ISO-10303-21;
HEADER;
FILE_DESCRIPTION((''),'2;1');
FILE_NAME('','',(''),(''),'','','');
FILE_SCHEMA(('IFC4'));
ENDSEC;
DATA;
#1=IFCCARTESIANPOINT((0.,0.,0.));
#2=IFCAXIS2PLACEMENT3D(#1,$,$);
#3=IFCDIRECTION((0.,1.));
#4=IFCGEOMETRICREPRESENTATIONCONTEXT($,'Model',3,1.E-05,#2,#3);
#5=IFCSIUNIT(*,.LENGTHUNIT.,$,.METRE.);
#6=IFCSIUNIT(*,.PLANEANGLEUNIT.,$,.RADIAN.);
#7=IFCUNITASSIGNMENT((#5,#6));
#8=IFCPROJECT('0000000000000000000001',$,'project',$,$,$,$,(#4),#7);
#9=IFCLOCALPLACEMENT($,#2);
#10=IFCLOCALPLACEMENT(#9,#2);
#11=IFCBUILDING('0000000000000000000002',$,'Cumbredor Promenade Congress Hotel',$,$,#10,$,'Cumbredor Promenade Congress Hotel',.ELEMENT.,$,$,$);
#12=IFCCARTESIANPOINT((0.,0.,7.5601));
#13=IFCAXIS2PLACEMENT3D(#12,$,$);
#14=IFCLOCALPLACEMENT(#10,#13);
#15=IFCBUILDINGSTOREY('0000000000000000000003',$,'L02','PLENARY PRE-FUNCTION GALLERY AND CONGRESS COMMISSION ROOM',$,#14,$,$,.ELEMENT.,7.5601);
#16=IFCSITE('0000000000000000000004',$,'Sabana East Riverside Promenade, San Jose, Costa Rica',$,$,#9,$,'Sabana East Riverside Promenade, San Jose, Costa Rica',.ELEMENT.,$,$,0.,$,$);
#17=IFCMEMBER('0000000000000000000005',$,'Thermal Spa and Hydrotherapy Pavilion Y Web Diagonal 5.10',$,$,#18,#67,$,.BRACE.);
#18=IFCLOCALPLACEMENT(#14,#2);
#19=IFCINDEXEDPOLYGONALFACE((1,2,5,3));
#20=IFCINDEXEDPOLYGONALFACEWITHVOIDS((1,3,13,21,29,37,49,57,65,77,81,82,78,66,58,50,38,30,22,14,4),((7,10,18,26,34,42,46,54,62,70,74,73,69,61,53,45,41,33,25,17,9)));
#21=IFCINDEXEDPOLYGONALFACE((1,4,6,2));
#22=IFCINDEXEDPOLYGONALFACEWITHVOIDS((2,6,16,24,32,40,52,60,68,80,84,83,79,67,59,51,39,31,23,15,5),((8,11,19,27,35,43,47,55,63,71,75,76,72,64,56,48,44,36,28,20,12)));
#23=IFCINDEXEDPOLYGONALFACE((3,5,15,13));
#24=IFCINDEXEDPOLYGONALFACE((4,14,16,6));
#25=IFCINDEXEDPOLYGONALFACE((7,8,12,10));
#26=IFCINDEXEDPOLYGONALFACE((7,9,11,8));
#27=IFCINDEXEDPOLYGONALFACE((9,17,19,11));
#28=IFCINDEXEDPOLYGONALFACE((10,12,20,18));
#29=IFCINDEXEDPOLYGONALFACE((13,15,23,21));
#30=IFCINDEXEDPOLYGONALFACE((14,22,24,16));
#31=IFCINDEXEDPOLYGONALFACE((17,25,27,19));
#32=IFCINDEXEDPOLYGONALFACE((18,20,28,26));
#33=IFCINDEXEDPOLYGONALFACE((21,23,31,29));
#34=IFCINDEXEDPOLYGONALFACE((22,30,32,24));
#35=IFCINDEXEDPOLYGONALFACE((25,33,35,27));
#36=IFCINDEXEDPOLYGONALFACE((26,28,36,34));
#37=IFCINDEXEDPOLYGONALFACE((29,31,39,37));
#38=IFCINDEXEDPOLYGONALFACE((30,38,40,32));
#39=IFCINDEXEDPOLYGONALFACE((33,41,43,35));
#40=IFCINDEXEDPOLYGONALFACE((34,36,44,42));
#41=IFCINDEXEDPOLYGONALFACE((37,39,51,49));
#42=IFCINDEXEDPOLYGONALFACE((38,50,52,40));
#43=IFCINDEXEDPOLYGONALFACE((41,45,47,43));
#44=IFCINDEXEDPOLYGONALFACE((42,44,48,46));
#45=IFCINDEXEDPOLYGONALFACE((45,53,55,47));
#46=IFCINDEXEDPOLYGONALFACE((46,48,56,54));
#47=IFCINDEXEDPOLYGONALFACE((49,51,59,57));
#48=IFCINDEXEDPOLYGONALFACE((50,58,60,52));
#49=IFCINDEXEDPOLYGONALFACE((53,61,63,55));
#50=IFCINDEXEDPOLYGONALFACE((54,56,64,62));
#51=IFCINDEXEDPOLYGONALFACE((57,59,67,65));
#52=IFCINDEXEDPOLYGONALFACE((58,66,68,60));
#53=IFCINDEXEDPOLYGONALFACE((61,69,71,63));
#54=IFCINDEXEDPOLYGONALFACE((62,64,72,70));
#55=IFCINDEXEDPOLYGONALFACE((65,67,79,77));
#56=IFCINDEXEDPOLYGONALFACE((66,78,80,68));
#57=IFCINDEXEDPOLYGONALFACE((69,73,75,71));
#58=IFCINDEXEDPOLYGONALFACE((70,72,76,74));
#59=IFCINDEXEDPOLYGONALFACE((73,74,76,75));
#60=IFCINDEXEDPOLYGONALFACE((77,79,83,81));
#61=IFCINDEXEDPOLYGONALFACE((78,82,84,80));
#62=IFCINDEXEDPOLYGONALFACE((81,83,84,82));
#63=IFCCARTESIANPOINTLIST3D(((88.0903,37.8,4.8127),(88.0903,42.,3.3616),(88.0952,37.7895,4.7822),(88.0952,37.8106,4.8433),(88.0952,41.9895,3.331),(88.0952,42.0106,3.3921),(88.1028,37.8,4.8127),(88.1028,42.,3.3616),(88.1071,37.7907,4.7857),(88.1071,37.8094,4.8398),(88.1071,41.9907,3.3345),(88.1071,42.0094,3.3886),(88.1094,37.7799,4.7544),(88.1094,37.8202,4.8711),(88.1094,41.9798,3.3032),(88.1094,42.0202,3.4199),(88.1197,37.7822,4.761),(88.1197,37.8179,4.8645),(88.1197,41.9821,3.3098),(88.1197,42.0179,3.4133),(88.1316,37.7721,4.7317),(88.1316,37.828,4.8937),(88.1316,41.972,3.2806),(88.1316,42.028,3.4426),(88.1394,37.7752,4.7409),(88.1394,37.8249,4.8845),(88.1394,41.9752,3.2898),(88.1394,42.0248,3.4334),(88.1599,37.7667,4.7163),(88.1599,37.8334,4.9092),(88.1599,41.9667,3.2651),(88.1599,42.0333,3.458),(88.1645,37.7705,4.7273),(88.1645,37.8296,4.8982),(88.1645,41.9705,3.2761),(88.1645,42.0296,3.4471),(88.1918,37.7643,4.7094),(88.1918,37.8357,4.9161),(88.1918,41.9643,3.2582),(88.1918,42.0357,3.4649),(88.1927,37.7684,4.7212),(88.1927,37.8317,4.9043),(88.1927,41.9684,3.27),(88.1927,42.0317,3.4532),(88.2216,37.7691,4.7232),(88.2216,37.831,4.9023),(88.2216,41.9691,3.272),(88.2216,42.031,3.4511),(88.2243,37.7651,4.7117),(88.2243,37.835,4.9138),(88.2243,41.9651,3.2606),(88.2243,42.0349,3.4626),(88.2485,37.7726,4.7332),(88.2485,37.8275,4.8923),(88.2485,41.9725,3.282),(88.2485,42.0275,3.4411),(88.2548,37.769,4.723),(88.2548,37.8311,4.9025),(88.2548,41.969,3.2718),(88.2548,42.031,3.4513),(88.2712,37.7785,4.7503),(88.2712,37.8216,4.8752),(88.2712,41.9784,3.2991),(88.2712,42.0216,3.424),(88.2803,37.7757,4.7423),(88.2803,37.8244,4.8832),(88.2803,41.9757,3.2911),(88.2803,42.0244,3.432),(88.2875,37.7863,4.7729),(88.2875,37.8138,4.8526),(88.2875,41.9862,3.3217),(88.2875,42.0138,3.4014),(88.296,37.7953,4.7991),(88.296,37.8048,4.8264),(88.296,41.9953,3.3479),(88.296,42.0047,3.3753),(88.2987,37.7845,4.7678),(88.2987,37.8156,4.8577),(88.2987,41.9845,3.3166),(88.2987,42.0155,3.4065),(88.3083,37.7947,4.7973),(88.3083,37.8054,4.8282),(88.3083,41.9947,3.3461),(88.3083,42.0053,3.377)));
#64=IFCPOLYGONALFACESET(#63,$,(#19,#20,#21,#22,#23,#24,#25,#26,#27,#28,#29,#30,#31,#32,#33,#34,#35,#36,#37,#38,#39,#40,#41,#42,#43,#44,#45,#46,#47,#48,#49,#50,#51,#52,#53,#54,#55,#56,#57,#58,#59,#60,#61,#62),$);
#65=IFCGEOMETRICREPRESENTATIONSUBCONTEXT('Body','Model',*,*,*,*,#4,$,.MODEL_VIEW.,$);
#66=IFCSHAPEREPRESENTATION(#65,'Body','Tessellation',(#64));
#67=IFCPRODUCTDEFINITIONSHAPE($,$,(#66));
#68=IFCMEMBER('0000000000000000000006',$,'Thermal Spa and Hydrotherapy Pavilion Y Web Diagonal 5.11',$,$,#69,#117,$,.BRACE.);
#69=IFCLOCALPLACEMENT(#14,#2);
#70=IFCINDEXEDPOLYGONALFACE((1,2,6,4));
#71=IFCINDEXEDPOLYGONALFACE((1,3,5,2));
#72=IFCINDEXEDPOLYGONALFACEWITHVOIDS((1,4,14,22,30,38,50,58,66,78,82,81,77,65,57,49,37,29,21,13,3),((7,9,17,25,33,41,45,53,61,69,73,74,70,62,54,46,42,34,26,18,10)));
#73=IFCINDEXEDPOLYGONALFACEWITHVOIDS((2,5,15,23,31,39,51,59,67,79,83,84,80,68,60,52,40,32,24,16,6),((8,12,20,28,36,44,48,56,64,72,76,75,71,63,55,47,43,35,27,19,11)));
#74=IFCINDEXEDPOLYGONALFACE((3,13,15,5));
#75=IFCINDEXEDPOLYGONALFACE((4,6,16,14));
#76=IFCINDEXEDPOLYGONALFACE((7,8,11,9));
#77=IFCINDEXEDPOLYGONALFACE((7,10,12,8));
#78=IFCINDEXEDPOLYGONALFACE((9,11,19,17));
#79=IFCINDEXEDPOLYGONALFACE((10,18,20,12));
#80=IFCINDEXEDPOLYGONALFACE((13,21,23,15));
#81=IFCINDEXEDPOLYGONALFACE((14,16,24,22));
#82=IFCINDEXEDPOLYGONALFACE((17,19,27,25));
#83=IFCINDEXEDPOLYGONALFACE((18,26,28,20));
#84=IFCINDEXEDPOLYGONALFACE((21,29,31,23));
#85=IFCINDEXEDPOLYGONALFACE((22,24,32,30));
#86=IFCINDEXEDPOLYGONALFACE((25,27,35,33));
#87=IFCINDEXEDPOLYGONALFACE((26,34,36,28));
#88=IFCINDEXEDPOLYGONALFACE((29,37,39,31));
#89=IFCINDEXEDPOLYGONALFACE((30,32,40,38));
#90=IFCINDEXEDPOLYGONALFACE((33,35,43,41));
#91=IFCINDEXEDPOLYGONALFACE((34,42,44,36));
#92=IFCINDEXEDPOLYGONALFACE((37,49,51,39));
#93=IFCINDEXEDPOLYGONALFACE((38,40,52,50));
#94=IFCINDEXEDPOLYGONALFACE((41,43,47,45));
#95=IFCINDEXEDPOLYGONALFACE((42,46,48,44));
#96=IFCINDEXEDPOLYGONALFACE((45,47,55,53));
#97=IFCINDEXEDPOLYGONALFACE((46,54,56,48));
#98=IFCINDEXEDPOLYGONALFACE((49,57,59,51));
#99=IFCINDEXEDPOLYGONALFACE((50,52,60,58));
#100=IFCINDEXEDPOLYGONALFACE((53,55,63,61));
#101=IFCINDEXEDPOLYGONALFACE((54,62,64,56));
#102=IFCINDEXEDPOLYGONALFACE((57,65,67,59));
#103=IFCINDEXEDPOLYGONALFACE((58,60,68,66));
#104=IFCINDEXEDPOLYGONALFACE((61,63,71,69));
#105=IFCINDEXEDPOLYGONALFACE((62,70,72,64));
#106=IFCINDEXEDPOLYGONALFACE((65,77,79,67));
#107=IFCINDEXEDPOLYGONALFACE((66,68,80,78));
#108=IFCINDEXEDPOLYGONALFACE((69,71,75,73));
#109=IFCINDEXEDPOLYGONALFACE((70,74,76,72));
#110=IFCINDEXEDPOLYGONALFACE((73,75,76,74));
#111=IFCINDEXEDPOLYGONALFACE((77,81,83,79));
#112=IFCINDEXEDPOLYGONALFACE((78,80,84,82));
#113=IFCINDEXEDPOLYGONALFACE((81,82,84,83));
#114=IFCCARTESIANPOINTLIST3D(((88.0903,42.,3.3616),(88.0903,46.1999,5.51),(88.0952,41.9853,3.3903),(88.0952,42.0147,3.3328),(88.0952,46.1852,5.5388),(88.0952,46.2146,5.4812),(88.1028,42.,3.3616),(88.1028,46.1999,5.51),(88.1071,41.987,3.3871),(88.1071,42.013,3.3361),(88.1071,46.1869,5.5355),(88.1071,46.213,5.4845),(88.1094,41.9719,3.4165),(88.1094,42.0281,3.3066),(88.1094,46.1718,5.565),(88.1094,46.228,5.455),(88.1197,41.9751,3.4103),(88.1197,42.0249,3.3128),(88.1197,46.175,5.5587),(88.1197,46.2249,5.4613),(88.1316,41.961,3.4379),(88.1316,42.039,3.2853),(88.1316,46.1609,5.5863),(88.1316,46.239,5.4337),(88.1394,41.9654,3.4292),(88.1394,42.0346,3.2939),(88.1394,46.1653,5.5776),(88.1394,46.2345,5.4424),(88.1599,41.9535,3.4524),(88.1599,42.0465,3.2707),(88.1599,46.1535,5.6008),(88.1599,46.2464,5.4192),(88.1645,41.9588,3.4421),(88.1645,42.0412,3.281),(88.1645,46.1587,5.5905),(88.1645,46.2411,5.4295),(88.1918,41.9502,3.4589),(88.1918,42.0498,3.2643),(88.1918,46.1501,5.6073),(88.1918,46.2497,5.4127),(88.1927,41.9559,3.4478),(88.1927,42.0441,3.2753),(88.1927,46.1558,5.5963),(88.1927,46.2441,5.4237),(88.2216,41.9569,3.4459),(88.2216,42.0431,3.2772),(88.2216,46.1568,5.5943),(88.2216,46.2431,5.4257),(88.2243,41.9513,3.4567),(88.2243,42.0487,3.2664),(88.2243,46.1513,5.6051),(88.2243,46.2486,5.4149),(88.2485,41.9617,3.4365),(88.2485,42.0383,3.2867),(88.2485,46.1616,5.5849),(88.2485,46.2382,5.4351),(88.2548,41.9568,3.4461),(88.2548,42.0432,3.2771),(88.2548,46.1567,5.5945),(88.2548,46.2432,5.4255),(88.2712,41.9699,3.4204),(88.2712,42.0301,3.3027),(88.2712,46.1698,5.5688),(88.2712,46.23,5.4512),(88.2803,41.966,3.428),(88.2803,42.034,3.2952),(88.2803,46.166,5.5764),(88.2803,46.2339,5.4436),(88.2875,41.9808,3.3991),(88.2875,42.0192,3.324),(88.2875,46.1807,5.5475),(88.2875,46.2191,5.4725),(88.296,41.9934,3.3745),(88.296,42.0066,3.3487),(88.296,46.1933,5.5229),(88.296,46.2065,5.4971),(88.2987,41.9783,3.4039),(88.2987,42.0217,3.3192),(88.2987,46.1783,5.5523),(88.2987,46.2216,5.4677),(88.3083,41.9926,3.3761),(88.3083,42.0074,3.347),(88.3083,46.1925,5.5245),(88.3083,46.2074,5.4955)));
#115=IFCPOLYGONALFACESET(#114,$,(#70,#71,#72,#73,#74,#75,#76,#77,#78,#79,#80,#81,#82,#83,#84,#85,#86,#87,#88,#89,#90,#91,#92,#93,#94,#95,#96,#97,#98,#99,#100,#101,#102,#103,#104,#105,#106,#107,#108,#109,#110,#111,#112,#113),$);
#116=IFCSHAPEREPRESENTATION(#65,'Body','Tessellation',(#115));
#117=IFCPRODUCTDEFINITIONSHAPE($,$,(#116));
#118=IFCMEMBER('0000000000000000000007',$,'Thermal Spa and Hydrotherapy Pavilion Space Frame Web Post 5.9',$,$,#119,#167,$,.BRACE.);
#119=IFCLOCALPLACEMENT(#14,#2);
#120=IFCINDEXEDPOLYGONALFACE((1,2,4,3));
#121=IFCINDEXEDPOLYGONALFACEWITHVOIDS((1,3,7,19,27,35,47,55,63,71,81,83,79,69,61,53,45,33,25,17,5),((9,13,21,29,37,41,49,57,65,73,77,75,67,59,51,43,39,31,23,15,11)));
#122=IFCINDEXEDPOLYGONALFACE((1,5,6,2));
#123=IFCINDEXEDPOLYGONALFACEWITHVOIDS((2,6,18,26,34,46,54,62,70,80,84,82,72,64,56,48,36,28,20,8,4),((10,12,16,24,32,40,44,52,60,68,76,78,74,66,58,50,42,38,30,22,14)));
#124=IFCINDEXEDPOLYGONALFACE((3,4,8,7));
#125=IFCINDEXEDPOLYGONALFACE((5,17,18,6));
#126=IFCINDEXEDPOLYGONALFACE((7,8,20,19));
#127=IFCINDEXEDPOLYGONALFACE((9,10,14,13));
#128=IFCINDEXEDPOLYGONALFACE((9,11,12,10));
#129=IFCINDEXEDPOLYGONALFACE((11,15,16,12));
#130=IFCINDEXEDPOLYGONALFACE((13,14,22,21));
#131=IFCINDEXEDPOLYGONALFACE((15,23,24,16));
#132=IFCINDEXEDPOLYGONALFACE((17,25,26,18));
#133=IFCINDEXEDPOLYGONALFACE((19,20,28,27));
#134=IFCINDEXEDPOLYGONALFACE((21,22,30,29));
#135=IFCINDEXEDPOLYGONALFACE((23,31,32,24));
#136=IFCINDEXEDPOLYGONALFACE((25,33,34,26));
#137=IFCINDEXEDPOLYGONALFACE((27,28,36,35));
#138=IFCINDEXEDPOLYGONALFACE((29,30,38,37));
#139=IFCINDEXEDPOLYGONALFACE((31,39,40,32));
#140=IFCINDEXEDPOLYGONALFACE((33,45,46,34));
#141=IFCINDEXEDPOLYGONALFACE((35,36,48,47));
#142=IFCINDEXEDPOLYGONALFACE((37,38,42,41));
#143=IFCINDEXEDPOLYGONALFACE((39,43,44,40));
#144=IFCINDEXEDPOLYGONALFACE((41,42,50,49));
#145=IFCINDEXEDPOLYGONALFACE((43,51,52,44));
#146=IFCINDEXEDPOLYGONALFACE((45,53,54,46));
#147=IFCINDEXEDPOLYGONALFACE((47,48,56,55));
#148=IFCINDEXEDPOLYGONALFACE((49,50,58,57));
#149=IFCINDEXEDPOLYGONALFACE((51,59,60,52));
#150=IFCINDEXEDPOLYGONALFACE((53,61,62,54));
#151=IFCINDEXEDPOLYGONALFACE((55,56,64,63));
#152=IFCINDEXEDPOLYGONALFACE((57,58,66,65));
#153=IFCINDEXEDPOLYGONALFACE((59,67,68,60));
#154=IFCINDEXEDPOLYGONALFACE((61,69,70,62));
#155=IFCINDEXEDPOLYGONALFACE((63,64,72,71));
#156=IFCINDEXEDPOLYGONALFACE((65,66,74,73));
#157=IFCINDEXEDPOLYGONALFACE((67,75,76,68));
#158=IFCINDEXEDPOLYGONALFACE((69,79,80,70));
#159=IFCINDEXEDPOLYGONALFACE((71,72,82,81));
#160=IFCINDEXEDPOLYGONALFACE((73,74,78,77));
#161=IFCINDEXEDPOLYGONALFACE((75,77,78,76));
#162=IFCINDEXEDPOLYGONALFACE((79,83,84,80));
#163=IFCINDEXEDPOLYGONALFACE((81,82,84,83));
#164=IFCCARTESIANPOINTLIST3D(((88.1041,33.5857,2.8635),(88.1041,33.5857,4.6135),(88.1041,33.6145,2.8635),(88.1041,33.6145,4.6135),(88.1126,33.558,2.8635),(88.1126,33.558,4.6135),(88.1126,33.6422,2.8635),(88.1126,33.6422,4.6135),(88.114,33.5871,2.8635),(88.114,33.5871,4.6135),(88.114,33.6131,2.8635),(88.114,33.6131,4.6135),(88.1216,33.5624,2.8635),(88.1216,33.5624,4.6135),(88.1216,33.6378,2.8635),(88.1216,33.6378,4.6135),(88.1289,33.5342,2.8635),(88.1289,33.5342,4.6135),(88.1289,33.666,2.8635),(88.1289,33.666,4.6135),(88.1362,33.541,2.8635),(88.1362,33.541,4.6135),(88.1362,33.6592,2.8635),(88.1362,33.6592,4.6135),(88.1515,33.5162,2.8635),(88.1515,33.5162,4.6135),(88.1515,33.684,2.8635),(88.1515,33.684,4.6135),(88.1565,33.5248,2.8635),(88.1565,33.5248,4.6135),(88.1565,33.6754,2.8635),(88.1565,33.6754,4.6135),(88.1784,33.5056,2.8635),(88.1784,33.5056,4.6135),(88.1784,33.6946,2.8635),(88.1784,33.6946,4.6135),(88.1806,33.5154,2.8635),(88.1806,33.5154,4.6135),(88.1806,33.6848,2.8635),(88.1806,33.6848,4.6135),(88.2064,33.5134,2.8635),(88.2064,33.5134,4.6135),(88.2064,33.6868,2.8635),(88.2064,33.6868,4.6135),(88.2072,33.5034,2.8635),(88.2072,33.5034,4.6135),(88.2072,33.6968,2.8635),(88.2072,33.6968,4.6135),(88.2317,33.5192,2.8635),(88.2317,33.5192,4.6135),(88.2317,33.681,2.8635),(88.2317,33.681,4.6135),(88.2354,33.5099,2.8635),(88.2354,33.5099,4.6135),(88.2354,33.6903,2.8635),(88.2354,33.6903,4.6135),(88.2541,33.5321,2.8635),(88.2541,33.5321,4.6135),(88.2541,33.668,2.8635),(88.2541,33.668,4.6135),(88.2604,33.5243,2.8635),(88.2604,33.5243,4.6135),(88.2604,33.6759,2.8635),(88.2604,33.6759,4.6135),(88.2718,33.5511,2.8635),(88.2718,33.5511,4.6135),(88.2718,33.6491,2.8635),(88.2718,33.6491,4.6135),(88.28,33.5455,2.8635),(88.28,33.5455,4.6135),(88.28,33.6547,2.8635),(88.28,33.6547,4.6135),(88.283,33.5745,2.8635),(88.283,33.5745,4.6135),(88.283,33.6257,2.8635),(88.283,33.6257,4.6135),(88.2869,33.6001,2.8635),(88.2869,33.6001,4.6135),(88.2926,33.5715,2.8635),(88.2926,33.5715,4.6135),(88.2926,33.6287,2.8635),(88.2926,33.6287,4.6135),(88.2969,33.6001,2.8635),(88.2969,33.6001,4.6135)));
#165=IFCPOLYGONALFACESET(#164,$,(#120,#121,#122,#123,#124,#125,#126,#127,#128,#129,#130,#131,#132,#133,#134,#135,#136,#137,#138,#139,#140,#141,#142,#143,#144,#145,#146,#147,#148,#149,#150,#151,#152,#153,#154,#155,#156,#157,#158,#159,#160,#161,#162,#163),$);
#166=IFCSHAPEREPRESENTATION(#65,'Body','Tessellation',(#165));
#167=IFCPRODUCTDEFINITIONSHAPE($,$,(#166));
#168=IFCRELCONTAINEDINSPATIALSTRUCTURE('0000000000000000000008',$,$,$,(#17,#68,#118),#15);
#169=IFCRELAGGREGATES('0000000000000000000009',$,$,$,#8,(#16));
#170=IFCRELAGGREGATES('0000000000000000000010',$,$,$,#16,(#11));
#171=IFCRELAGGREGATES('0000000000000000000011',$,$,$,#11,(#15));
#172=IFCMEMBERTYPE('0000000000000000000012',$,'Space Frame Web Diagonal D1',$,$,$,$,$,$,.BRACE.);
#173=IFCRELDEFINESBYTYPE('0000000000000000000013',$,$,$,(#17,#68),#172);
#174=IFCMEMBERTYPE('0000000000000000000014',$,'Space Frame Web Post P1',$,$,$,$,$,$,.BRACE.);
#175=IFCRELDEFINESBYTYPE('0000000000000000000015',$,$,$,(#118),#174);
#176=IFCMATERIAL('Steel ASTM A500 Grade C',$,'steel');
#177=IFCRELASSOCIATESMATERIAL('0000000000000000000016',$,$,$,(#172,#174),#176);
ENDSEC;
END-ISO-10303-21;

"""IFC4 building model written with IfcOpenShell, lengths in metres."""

from ifc_helpers import new_model, si_unit, direction, frame, origin, origin_2d, place, context, subcontext, project, spatial, hollow_circle, extrude, material, material_profile, profile_set, type_object, element, save


model = new_model("IFC4")

# Units and contexts
model_context = context("Model", 3, precision=1e-05, world=origin(), true_north=direction((0.0, 1.0)))
body_context = subcontext(model_context, "Body", "Model", "MODEL_VIEW")
ifc_project = project(units=[si_unit("LENGTHUNIT", "METRE"), si_unit("PLANEANGLEUNIT", "RADIAN")], contexts=[model_context])

# Site, building, storey
site_placement = place(None, origin())
site = spatial("IfcSite", under=ifc_project, at=site_placement, Name="Sabana East Riverside Promenade, San Jose, Costa Rica", LongName="Sabana East Riverside Promenade, San Jose, Costa Rica", CompositionType="ELEMENT", RefElevation=0.0)
building_placement = place(site_placement, origin())
building = spatial("IfcBuilding", under=site, at=building_placement, Name="Cumbredor Promenade Congress Hotel", LongName="Cumbredor Promenade Congress Hotel", CompositionType="ELEMENT")
storey_placement = place(building_placement, frame((0.0, 0.0, 7.5601)))
storey = spatial("IfcBuildingStorey", under=building, at=storey_placement, Name="L02", Description="PLENARY PRE-FUNCTION GALLERY AND CONGRESS COMMISSION ROOM", CompositionType="ELEMENT", Elevation=7.5601)

# Members
ifc_material_1 = material(Name="Steel ASTM A500 Grade C", Category="steel")
ifc_material_profile_1 = material_profile(ifc_material_1, hollow_circle(Radius=0.1096, WallThickness=0.0125, at=origin_2d()), Name="CHS 219.1x12.5")
ifc_profile_set_1 = profile_set([ifc_material_profile_1], Name="Steel ASTM A500 Grade C")
member_type_1 = type_object("IfcMemberType", Name="Space Frame Web Diagonal D1", PredefinedType="BRACE", material=ifc_profile_set_1)
member_1_placement = place(storey_placement, frame((88.2, 37.8, 4.8127), z_axis=(0.0, 0.945171, -0.326576), x_axis=(-1.0, 0.0, 0.0)))
element("IfcMember", 1, at=member_1_placement, inside=storey, type_object=member_type_1, Name="Thermal Spa and Hydrotherapy Pavilion Y Web Diagonal 5.10", PredefinedType="BRACE", context=body_context, shape_type="SweptSolid", body=[
    extrude(hollow_circle(Radius=0.1096, WallThickness=0.0125, at=origin_2d()), origin(), (0.0, 0.0, 1.0), 4.4436),
])
member_2_placement = place(storey_placement, frame((88.2, 42.0, 3.3616), z_axis=(0.0, 0.89028, 0.455413), x_axis=(-1.0, 0.0, 0.0)))
element("IfcMember", 2, at=member_2_placement, inside=storey, type_object=member_type_1, Name="Thermal Spa and Hydrotherapy Pavilion Y Web Diagonal 5.11", PredefinedType="BRACE", context=body_context, shape_type="SweptSolid", body=[
    extrude(hollow_circle(Radius=0.1096, WallThickness=0.0125, at=origin_2d()), origin(), (0.0, 0.0, 1.0), 4.7175),
])
ifc_material_profile_2 = material_profile(ifc_material_1, hollow_circle(Radius=0.0969, WallThickness=0.01, at=origin_2d()), Name="CHS 193.7x10")
ifc_profile_set_2 = profile_set([ifc_material_profile_2], Name="Steel ASTM A500 Grade C")
member_type_2 = type_object("IfcMemberType", Name="Space Frame Web Post P1", PredefinedType="BRACE", material=ifc_profile_set_2)
for number, where, z_axis, x_axis, name in (
    (3, (88.2, 33.6001, 2.8635), (0.0, 0.0, 1.0), (1.0, 0.0, 0.0), "Thermal Spa and Hydrotherapy Pavilion Space Frame Web Post 5.9"),
):
    element("IfcMember", number, at=place(storey_placement, frame(where, z_axis=z_axis, x_axis=x_axis)), inside=storey, type_object=member_type_2, Name=name, PredefinedType="BRACE", context=body_context, shape_type="SweptSolid", body=[
        extrude(hollow_circle(Radius=0.0969, WallThickness=0.01, at=origin_2d()), origin(), (0.0, 0.0, 1.0), 1.75),
    ])

save(model, "model.ifc")
